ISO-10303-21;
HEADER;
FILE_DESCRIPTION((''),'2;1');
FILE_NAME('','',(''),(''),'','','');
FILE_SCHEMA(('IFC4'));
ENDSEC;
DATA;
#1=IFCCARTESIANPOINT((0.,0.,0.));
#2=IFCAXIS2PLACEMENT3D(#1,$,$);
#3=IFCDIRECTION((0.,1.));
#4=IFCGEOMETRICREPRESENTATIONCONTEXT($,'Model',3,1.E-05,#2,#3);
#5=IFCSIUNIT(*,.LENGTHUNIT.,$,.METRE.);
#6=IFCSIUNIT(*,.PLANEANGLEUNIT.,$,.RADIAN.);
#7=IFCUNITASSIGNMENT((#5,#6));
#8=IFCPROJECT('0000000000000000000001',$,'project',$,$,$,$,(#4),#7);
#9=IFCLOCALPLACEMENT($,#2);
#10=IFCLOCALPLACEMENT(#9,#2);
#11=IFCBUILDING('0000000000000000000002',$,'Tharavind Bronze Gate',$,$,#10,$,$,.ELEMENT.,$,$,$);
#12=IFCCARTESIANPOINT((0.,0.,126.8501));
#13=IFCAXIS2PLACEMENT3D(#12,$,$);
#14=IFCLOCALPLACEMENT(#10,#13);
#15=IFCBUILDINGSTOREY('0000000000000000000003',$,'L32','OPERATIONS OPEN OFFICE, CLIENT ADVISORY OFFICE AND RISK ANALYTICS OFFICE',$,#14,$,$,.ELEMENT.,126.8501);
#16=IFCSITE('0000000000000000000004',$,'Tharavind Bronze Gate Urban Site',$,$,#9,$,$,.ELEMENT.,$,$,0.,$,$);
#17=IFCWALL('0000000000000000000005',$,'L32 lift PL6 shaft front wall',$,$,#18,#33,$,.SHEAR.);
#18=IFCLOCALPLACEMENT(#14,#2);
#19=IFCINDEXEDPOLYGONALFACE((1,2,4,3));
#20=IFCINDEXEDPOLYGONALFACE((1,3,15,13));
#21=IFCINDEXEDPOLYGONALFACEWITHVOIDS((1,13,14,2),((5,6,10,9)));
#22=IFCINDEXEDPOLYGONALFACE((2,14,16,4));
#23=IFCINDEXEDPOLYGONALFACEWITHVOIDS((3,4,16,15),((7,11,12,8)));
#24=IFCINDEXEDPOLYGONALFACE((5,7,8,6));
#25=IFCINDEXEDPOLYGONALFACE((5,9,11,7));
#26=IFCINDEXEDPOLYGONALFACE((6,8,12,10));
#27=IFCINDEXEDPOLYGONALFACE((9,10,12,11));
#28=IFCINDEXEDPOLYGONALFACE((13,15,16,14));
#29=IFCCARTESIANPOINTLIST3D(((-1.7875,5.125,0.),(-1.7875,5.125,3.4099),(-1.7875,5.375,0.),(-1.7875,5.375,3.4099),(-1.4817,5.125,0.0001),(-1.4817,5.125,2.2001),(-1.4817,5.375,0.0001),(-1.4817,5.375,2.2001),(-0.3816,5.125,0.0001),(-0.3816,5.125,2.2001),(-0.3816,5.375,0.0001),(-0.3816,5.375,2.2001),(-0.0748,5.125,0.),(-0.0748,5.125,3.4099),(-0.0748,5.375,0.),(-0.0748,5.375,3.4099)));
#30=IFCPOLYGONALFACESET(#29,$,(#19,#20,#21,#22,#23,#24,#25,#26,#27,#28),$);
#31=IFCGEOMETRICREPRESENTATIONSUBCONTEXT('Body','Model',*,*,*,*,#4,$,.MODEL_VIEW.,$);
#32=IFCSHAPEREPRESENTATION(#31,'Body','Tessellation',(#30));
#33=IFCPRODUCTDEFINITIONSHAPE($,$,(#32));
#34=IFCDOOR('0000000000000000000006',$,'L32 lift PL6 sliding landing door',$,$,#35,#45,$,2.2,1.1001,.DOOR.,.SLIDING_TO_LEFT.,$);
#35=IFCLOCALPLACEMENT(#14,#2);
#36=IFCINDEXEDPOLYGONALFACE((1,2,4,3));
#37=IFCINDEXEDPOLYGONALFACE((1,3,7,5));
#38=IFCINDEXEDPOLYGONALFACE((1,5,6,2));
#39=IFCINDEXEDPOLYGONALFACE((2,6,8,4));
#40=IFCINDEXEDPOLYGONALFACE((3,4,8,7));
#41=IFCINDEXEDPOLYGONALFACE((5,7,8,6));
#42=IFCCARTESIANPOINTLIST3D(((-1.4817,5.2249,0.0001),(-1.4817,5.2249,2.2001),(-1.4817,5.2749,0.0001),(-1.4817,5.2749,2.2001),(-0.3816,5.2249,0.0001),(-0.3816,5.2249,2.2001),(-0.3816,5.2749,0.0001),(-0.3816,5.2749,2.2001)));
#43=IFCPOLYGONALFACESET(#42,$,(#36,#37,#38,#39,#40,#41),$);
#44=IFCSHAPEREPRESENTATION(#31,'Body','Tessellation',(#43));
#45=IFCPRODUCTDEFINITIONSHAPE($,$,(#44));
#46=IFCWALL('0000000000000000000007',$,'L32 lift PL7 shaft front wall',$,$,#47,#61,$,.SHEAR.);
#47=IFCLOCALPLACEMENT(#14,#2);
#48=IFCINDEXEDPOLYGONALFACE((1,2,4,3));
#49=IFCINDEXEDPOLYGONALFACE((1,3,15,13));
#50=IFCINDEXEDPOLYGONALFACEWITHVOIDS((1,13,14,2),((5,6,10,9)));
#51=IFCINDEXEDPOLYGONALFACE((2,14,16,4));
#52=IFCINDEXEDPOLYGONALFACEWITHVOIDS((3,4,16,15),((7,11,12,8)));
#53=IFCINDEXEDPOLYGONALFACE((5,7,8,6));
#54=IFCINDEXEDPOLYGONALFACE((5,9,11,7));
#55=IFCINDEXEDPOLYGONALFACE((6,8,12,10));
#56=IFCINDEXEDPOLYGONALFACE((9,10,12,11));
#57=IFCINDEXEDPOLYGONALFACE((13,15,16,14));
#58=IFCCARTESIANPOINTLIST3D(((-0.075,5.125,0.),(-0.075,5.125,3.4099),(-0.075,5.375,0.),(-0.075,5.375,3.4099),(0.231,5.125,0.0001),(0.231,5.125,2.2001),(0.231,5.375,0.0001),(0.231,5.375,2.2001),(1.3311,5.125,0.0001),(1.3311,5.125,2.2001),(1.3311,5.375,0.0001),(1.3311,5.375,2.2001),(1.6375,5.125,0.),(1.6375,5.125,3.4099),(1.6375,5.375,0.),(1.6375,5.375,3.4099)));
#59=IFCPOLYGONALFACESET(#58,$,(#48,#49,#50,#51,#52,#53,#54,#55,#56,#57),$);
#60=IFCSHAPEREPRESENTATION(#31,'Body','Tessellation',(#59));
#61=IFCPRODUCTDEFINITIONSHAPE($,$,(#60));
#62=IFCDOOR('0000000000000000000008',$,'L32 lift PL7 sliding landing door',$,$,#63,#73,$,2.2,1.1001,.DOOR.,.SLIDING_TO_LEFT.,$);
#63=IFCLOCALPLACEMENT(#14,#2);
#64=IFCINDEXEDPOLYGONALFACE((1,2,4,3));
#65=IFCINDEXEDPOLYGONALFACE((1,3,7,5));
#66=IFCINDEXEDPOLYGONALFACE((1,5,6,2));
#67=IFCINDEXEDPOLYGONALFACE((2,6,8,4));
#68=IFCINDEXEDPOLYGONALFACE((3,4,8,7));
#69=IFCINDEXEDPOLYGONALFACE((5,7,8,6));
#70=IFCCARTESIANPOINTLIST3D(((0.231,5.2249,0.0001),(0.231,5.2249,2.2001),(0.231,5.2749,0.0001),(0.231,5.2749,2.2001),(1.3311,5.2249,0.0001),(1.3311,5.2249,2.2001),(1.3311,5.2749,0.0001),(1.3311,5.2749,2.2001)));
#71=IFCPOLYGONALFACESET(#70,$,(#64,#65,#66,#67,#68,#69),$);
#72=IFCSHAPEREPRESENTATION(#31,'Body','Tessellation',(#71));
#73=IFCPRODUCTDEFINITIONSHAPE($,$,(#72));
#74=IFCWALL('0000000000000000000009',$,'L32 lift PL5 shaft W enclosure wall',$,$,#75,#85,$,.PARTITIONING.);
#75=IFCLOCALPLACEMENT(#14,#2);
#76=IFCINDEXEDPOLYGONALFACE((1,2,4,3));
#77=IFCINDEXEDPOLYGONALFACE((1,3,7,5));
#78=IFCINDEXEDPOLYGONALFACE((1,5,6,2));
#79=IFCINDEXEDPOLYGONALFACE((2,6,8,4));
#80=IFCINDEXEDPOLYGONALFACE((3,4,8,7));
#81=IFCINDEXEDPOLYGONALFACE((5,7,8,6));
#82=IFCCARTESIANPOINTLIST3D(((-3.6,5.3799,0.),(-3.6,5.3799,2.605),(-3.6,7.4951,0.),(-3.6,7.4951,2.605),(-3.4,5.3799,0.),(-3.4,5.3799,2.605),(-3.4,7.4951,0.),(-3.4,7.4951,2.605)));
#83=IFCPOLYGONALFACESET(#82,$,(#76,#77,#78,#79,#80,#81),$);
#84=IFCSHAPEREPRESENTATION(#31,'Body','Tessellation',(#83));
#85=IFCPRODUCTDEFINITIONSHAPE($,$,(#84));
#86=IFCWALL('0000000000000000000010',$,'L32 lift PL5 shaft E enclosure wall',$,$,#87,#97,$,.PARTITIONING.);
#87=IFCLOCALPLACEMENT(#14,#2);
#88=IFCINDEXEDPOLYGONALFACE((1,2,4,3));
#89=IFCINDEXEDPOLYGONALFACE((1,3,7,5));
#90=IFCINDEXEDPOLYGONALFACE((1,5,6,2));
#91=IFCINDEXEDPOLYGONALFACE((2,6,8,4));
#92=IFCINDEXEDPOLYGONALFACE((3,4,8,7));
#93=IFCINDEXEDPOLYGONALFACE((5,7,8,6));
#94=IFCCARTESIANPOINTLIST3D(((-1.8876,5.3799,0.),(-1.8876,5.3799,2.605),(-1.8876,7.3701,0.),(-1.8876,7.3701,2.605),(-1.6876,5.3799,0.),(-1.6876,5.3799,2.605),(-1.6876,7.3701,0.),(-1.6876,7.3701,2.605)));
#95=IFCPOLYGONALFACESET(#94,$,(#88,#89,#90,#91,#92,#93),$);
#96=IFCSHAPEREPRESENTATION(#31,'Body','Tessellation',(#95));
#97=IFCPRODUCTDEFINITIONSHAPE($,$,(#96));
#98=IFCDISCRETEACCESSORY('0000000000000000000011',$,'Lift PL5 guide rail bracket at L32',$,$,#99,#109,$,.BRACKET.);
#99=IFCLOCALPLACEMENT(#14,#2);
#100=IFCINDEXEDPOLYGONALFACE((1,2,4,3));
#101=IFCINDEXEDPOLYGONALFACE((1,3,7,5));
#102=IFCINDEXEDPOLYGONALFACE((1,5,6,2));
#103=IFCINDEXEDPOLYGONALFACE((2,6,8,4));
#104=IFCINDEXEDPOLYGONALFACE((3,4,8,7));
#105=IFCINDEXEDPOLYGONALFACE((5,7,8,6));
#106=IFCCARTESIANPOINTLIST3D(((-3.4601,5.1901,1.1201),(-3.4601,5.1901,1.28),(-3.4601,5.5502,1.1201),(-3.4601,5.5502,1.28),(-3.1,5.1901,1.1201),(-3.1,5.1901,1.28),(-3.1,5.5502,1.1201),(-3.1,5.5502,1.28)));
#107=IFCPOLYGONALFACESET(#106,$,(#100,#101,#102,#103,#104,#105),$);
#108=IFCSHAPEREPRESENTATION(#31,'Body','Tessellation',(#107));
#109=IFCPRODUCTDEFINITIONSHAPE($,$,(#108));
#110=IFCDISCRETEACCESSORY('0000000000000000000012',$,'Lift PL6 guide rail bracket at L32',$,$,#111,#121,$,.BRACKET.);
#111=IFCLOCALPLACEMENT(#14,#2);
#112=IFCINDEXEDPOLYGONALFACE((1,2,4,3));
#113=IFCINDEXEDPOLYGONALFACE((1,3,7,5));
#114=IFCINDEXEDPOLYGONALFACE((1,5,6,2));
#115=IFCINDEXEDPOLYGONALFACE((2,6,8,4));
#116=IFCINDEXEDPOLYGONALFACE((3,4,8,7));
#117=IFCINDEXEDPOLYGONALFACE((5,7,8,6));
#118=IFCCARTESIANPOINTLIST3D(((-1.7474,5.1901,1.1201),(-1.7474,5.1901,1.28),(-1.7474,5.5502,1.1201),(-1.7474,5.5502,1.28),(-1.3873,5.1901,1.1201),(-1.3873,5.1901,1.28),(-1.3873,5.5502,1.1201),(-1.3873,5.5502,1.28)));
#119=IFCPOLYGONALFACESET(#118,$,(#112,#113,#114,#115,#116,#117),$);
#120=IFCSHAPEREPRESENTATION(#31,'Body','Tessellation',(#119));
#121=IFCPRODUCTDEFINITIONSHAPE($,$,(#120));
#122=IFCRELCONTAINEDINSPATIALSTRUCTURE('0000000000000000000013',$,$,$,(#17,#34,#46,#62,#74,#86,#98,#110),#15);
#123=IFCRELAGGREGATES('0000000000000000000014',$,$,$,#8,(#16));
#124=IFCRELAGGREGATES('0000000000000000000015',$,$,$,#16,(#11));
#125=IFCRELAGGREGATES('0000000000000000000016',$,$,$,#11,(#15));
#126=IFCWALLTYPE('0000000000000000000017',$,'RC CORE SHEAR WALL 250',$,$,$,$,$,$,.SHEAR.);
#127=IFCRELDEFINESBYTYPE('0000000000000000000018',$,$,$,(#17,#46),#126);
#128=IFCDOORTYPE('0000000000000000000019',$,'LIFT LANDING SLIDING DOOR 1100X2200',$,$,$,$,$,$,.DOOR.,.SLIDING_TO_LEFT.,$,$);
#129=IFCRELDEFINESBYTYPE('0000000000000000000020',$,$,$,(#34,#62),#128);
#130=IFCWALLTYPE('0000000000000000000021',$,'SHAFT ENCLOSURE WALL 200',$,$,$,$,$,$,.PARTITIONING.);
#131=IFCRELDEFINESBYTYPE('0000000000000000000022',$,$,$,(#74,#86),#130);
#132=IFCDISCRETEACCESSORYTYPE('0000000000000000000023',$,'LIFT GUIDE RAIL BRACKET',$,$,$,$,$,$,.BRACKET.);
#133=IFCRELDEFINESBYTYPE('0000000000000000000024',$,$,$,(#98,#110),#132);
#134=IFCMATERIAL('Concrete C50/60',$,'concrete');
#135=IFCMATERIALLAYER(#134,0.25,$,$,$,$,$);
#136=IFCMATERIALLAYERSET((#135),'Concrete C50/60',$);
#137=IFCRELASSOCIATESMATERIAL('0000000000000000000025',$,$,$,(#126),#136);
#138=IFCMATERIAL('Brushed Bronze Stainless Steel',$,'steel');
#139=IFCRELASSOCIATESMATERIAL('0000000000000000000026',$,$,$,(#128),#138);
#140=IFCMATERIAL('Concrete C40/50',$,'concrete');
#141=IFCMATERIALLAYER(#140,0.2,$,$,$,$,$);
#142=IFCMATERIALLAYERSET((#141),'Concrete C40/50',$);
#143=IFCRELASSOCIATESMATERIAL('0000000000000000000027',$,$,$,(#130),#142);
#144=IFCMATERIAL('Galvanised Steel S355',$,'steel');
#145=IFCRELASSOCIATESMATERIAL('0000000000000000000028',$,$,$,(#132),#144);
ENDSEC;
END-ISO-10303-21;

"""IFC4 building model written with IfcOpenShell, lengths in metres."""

from ifc_helpers import new_model, si_unit, direction, frame, frame_2d, origin, origin_2d, place, context, subcontext, project, spatial, rectangle, extrude, material, layer, layer_set, type_object, element, fill, save


model = new_model("IFC4")

# Units and contexts
model_context = context("Model", 3, precision=1e-05, world=origin(), true_north=direction((0.0, 1.0)))
body_context = subcontext(model_context, "Body", "Model", "MODEL_VIEW")
ifc_project = project(units=[si_unit("LENGTHUNIT", "METRE"), si_unit("PLANEANGLEUNIT", "RADIAN")], contexts=[model_context])

# Site, building, storey
site_placement = place(None, origin())
site = spatial("IfcSite", under=ifc_project, at=site_placement, Name="Tharavind Bronze Gate Urban Site", CompositionType="ELEMENT", RefElevation=0.0)
building_placement = place(site_placement, origin())
building = spatial("IfcBuilding", under=site, at=building_placement, Name="Tharavind Bronze Gate", CompositionType="ELEMENT")
storey_placement = place(building_placement, frame((0.0, 0.0, 126.8501)))
storey = spatial("IfcBuildingStorey", under=building, at=storey_placement, Name="L32", Description="OPERATIONS OPEN OFFICE, CLIENT ADVISORY OFFICE AND RISK ANALYTICS OFFICE", CompositionType="ELEMENT", Elevation=126.8501)

# Shared definitions
ifc_material_1 = material(Name="Concrete C40/50", Category="concrete")

# Walls, openings, doors
ifc_material_2 = material(Name="Concrete C50/60", Category="concrete")
ifc_layer_1 = layer(ifc_material_2, 0.25)
ifc_layer_set_1 = layer_set([ifc_layer_1], Name="Concrete C50/60")
wall_type_1 = type_object("IfcWallType", Name="RC CORE SHEAR WALL 250", PredefinedType="SHEAR", material=ifc_layer_set_1)
ifc_material_3 = material(Name="Brushed Bronze Stainless Steel", Category="steel")
door_type_1 = type_object("IfcDoorType", Name="LIFT LANDING SLIDING DOOR 1100X2200", OperationType="SLIDING_TO_LEFT", PredefinedType="DOOR", material=ifc_material_3)
wall_1_placement = place(storey_placement, frame((-1.7876, 5.25, 0.0), z_axis=(0.0, 0.0, 1.0), x_axis=(1.0, 0.0, 0.0)))
wall_1 = element("IfcWall", 1, at=wall_1_placement, inside=storey, type_object=wall_type_1, Name="L32 lift PL6 shaft front wall", PredefinedType="SHEAR", context=body_context, shape_type="SweptSolid", body=[
    extrude(rectangle(XDim=1.7126, YDim=0.25, at=frame_2d((0.8564, 0.0))), origin(), (0.0, 0.0, 1.0), 3.4099),
])
opening_1_placement = place(wall_1_placement, frame((0.3059, 0.0, 0.0)))
opening_1 = element("IfcOpeningElement", 2, at=opening_1_placement, cuts=wall_1, PredefinedType="OPENING", context=body_context, shape_type="SweptSolid", body=[
    extrude(rectangle(XDim=1.1001, YDim=2.2, at=frame_2d((0.55, 1.1001))), frame((0.0, 0.135, 0.0), z_axis=(0.0, -1.0, 0.0), x_axis=(1.0, 0.0, 0.0)), (0.0, 0.0, 1.0), 0.27),
])
door_1_placement = place(opening_1_placement, origin())
door_1 = element("IfcDoor", 3, at=door_1_placement, inside=storey, type_object=door_type_1, Name="L32 lift PL6 sliding landing door", OperationType="SLIDING_TO_LEFT", OverallHeight=2.2, OverallWidth=1.1001, PredefinedType="DOOR", context=body_context, shape_type="SweptSolid", body=[
    extrude(rectangle(XDim=1.1001, YDim=2.2, at=frame_2d((0.55, 1.1001))), frame((0.0, 0.0249, 0.0), z_axis=(0.0, -1.0, 0.0), x_axis=(1.0, 0.0, 0.0)), (0.0, 0.0, 1.0), 0.05),
])
fill(opening_1, door_1)
wall_2_placement = place(storey_placement, frame((-0.075, 5.25, 0.0), z_axis=(0.0, 0.0, 1.0), x_axis=(1.0, 0.0, 0.0)))
wall_2 = element("IfcWall", 4, at=wall_2_placement, inside=storey, type_object=wall_type_1, Name="L32 lift PL7 shaft front wall", PredefinedType="SHEAR", context=body_context, shape_type="SweptSolid", body=[
    extrude(rectangle(XDim=1.7124, YDim=0.25, at=frame_2d((0.8562, 0.0))), origin(), (0.0, 0.0, 1.0), 3.4099),
])
opening_2_placement = place(wall_2_placement, frame((0.3059, 0.0, 0.0)))
opening_2 = element("IfcOpeningElement", 5, at=opening_2_placement, cuts=wall_2, PredefinedType="OPENING", context=body_context, shape_type="SweptSolid", body=[
    extrude(rectangle(XDim=1.1001, YDim=2.2, at=frame_2d((0.55, 1.1001))), frame((0.0, 0.135, 0.0), z_axis=(0.0, -1.0, 0.0), x_axis=(1.0, 0.0, 0.0)), (0.0, 0.0, 1.0), 0.27),
])
door_2_placement = place(opening_2_placement, origin())
door_2 = element("IfcDoor", 6, at=door_2_placement, inside=storey, type_object=door_type_1, Name="L32 lift PL7 sliding landing door", OperationType="SLIDING_TO_LEFT", OverallHeight=2.2, OverallWidth=1.1001, PredefinedType="DOOR", context=body_context, shape_type="SweptSolid", body=[
    extrude(rectangle(XDim=1.1001, YDim=2.2, at=frame_2d((0.55, 1.1001))), frame((0.0, 0.0249, 0.0), z_axis=(0.0, -1.0, 0.0), x_axis=(1.0, 0.0, 0.0)), (0.0, 0.0, 1.0), 0.05),
])
fill(opening_2, door_2)

# Walls
ifc_layer_2 = layer(ifc_material_1, 0.2)
ifc_layer_set_2 = layer_set([ifc_layer_2], Name="Concrete C40/50")
wall_type_2 = type_object("IfcWallType", Name="SHAFT ENCLOSURE WALL 200", PredefinedType="PARTITIONING", material=ifc_layer_set_2)
wall_3_placement = place(storey_placement, frame((-3.5, 5.3799, 0.0), z_axis=(0.0, 0.0, 1.0), x_axis=(0.0, 1.0, 0.0)))
element("IfcWall", 7, at=wall_3_placement, inside=storey, type_object=wall_type_2, Name="L32 lift PL5 shaft W enclosure wall", PredefinedType="PARTITIONING", context=body_context, shape_type="SweptSolid", body=[
    extrude(rectangle(XDim=2.1152, YDim=0.2, at=frame_2d((1.0576, 0.0))), origin(), (0.0, 0.0, 1.0), 2.605),
])
wall_4_placement = place(storey_placement, frame((-1.7876, 5.3799, 0.0), z_axis=(0.0, 0.0, 1.0), x_axis=(0.0, 1.0, 0.0)))
element("IfcWall", 8, at=wall_4_placement, inside=storey, type_object=wall_type_2, Name="L32 lift PL5 shaft E enclosure wall", PredefinedType="PARTITIONING", context=body_context, shape_type="SweptSolid", body=[
    extrude(rectangle(XDim=1.9902, YDim=0.2, at=frame_2d((0.9951, 0.0))), origin(), (0.0, 0.0, 1.0), 2.605),
])

# Discrete accessories
ifc_material_4 = material(Name="Galvanised Steel S355", Category="steel")
discrete_accessory_type = type_object("IfcDiscreteAccessoryType", Name="LIFT GUIDE RAIL BRACKET", PredefinedType="BRACKET", material=ifc_material_4)
for number, where, z_axis, x_axis, name in (
    (9, (-3.28, 5.3701, 1.1201), (0.0, 0.0, 1.0), (1.0, 0.0, 0.0), "Lift PL5 guide rail bracket at L32"),
    (10, (-1.5674, 5.3701, 1.1201), (0.0, 0.0, 1.0), (1.0, 0.0, 0.0), "Lift PL6 guide rail bracket at L32"),
):
    element("IfcDiscreteAccessory", number, at=place(storey_placement, frame(where, z_axis=z_axis, x_axis=x_axis)), inside=storey, type_object=discrete_accessory_type, Name=name, PredefinedType="BRACKET", context=body_context, shape_type="SweptSolid", body=[
        extrude(rectangle(XDim=0.3601, YDim=0.3601, at=origin_2d()), origin(), (0.0, 0.0, 1.0), 0.1599),
    ])

save(model, "model.ifc")
